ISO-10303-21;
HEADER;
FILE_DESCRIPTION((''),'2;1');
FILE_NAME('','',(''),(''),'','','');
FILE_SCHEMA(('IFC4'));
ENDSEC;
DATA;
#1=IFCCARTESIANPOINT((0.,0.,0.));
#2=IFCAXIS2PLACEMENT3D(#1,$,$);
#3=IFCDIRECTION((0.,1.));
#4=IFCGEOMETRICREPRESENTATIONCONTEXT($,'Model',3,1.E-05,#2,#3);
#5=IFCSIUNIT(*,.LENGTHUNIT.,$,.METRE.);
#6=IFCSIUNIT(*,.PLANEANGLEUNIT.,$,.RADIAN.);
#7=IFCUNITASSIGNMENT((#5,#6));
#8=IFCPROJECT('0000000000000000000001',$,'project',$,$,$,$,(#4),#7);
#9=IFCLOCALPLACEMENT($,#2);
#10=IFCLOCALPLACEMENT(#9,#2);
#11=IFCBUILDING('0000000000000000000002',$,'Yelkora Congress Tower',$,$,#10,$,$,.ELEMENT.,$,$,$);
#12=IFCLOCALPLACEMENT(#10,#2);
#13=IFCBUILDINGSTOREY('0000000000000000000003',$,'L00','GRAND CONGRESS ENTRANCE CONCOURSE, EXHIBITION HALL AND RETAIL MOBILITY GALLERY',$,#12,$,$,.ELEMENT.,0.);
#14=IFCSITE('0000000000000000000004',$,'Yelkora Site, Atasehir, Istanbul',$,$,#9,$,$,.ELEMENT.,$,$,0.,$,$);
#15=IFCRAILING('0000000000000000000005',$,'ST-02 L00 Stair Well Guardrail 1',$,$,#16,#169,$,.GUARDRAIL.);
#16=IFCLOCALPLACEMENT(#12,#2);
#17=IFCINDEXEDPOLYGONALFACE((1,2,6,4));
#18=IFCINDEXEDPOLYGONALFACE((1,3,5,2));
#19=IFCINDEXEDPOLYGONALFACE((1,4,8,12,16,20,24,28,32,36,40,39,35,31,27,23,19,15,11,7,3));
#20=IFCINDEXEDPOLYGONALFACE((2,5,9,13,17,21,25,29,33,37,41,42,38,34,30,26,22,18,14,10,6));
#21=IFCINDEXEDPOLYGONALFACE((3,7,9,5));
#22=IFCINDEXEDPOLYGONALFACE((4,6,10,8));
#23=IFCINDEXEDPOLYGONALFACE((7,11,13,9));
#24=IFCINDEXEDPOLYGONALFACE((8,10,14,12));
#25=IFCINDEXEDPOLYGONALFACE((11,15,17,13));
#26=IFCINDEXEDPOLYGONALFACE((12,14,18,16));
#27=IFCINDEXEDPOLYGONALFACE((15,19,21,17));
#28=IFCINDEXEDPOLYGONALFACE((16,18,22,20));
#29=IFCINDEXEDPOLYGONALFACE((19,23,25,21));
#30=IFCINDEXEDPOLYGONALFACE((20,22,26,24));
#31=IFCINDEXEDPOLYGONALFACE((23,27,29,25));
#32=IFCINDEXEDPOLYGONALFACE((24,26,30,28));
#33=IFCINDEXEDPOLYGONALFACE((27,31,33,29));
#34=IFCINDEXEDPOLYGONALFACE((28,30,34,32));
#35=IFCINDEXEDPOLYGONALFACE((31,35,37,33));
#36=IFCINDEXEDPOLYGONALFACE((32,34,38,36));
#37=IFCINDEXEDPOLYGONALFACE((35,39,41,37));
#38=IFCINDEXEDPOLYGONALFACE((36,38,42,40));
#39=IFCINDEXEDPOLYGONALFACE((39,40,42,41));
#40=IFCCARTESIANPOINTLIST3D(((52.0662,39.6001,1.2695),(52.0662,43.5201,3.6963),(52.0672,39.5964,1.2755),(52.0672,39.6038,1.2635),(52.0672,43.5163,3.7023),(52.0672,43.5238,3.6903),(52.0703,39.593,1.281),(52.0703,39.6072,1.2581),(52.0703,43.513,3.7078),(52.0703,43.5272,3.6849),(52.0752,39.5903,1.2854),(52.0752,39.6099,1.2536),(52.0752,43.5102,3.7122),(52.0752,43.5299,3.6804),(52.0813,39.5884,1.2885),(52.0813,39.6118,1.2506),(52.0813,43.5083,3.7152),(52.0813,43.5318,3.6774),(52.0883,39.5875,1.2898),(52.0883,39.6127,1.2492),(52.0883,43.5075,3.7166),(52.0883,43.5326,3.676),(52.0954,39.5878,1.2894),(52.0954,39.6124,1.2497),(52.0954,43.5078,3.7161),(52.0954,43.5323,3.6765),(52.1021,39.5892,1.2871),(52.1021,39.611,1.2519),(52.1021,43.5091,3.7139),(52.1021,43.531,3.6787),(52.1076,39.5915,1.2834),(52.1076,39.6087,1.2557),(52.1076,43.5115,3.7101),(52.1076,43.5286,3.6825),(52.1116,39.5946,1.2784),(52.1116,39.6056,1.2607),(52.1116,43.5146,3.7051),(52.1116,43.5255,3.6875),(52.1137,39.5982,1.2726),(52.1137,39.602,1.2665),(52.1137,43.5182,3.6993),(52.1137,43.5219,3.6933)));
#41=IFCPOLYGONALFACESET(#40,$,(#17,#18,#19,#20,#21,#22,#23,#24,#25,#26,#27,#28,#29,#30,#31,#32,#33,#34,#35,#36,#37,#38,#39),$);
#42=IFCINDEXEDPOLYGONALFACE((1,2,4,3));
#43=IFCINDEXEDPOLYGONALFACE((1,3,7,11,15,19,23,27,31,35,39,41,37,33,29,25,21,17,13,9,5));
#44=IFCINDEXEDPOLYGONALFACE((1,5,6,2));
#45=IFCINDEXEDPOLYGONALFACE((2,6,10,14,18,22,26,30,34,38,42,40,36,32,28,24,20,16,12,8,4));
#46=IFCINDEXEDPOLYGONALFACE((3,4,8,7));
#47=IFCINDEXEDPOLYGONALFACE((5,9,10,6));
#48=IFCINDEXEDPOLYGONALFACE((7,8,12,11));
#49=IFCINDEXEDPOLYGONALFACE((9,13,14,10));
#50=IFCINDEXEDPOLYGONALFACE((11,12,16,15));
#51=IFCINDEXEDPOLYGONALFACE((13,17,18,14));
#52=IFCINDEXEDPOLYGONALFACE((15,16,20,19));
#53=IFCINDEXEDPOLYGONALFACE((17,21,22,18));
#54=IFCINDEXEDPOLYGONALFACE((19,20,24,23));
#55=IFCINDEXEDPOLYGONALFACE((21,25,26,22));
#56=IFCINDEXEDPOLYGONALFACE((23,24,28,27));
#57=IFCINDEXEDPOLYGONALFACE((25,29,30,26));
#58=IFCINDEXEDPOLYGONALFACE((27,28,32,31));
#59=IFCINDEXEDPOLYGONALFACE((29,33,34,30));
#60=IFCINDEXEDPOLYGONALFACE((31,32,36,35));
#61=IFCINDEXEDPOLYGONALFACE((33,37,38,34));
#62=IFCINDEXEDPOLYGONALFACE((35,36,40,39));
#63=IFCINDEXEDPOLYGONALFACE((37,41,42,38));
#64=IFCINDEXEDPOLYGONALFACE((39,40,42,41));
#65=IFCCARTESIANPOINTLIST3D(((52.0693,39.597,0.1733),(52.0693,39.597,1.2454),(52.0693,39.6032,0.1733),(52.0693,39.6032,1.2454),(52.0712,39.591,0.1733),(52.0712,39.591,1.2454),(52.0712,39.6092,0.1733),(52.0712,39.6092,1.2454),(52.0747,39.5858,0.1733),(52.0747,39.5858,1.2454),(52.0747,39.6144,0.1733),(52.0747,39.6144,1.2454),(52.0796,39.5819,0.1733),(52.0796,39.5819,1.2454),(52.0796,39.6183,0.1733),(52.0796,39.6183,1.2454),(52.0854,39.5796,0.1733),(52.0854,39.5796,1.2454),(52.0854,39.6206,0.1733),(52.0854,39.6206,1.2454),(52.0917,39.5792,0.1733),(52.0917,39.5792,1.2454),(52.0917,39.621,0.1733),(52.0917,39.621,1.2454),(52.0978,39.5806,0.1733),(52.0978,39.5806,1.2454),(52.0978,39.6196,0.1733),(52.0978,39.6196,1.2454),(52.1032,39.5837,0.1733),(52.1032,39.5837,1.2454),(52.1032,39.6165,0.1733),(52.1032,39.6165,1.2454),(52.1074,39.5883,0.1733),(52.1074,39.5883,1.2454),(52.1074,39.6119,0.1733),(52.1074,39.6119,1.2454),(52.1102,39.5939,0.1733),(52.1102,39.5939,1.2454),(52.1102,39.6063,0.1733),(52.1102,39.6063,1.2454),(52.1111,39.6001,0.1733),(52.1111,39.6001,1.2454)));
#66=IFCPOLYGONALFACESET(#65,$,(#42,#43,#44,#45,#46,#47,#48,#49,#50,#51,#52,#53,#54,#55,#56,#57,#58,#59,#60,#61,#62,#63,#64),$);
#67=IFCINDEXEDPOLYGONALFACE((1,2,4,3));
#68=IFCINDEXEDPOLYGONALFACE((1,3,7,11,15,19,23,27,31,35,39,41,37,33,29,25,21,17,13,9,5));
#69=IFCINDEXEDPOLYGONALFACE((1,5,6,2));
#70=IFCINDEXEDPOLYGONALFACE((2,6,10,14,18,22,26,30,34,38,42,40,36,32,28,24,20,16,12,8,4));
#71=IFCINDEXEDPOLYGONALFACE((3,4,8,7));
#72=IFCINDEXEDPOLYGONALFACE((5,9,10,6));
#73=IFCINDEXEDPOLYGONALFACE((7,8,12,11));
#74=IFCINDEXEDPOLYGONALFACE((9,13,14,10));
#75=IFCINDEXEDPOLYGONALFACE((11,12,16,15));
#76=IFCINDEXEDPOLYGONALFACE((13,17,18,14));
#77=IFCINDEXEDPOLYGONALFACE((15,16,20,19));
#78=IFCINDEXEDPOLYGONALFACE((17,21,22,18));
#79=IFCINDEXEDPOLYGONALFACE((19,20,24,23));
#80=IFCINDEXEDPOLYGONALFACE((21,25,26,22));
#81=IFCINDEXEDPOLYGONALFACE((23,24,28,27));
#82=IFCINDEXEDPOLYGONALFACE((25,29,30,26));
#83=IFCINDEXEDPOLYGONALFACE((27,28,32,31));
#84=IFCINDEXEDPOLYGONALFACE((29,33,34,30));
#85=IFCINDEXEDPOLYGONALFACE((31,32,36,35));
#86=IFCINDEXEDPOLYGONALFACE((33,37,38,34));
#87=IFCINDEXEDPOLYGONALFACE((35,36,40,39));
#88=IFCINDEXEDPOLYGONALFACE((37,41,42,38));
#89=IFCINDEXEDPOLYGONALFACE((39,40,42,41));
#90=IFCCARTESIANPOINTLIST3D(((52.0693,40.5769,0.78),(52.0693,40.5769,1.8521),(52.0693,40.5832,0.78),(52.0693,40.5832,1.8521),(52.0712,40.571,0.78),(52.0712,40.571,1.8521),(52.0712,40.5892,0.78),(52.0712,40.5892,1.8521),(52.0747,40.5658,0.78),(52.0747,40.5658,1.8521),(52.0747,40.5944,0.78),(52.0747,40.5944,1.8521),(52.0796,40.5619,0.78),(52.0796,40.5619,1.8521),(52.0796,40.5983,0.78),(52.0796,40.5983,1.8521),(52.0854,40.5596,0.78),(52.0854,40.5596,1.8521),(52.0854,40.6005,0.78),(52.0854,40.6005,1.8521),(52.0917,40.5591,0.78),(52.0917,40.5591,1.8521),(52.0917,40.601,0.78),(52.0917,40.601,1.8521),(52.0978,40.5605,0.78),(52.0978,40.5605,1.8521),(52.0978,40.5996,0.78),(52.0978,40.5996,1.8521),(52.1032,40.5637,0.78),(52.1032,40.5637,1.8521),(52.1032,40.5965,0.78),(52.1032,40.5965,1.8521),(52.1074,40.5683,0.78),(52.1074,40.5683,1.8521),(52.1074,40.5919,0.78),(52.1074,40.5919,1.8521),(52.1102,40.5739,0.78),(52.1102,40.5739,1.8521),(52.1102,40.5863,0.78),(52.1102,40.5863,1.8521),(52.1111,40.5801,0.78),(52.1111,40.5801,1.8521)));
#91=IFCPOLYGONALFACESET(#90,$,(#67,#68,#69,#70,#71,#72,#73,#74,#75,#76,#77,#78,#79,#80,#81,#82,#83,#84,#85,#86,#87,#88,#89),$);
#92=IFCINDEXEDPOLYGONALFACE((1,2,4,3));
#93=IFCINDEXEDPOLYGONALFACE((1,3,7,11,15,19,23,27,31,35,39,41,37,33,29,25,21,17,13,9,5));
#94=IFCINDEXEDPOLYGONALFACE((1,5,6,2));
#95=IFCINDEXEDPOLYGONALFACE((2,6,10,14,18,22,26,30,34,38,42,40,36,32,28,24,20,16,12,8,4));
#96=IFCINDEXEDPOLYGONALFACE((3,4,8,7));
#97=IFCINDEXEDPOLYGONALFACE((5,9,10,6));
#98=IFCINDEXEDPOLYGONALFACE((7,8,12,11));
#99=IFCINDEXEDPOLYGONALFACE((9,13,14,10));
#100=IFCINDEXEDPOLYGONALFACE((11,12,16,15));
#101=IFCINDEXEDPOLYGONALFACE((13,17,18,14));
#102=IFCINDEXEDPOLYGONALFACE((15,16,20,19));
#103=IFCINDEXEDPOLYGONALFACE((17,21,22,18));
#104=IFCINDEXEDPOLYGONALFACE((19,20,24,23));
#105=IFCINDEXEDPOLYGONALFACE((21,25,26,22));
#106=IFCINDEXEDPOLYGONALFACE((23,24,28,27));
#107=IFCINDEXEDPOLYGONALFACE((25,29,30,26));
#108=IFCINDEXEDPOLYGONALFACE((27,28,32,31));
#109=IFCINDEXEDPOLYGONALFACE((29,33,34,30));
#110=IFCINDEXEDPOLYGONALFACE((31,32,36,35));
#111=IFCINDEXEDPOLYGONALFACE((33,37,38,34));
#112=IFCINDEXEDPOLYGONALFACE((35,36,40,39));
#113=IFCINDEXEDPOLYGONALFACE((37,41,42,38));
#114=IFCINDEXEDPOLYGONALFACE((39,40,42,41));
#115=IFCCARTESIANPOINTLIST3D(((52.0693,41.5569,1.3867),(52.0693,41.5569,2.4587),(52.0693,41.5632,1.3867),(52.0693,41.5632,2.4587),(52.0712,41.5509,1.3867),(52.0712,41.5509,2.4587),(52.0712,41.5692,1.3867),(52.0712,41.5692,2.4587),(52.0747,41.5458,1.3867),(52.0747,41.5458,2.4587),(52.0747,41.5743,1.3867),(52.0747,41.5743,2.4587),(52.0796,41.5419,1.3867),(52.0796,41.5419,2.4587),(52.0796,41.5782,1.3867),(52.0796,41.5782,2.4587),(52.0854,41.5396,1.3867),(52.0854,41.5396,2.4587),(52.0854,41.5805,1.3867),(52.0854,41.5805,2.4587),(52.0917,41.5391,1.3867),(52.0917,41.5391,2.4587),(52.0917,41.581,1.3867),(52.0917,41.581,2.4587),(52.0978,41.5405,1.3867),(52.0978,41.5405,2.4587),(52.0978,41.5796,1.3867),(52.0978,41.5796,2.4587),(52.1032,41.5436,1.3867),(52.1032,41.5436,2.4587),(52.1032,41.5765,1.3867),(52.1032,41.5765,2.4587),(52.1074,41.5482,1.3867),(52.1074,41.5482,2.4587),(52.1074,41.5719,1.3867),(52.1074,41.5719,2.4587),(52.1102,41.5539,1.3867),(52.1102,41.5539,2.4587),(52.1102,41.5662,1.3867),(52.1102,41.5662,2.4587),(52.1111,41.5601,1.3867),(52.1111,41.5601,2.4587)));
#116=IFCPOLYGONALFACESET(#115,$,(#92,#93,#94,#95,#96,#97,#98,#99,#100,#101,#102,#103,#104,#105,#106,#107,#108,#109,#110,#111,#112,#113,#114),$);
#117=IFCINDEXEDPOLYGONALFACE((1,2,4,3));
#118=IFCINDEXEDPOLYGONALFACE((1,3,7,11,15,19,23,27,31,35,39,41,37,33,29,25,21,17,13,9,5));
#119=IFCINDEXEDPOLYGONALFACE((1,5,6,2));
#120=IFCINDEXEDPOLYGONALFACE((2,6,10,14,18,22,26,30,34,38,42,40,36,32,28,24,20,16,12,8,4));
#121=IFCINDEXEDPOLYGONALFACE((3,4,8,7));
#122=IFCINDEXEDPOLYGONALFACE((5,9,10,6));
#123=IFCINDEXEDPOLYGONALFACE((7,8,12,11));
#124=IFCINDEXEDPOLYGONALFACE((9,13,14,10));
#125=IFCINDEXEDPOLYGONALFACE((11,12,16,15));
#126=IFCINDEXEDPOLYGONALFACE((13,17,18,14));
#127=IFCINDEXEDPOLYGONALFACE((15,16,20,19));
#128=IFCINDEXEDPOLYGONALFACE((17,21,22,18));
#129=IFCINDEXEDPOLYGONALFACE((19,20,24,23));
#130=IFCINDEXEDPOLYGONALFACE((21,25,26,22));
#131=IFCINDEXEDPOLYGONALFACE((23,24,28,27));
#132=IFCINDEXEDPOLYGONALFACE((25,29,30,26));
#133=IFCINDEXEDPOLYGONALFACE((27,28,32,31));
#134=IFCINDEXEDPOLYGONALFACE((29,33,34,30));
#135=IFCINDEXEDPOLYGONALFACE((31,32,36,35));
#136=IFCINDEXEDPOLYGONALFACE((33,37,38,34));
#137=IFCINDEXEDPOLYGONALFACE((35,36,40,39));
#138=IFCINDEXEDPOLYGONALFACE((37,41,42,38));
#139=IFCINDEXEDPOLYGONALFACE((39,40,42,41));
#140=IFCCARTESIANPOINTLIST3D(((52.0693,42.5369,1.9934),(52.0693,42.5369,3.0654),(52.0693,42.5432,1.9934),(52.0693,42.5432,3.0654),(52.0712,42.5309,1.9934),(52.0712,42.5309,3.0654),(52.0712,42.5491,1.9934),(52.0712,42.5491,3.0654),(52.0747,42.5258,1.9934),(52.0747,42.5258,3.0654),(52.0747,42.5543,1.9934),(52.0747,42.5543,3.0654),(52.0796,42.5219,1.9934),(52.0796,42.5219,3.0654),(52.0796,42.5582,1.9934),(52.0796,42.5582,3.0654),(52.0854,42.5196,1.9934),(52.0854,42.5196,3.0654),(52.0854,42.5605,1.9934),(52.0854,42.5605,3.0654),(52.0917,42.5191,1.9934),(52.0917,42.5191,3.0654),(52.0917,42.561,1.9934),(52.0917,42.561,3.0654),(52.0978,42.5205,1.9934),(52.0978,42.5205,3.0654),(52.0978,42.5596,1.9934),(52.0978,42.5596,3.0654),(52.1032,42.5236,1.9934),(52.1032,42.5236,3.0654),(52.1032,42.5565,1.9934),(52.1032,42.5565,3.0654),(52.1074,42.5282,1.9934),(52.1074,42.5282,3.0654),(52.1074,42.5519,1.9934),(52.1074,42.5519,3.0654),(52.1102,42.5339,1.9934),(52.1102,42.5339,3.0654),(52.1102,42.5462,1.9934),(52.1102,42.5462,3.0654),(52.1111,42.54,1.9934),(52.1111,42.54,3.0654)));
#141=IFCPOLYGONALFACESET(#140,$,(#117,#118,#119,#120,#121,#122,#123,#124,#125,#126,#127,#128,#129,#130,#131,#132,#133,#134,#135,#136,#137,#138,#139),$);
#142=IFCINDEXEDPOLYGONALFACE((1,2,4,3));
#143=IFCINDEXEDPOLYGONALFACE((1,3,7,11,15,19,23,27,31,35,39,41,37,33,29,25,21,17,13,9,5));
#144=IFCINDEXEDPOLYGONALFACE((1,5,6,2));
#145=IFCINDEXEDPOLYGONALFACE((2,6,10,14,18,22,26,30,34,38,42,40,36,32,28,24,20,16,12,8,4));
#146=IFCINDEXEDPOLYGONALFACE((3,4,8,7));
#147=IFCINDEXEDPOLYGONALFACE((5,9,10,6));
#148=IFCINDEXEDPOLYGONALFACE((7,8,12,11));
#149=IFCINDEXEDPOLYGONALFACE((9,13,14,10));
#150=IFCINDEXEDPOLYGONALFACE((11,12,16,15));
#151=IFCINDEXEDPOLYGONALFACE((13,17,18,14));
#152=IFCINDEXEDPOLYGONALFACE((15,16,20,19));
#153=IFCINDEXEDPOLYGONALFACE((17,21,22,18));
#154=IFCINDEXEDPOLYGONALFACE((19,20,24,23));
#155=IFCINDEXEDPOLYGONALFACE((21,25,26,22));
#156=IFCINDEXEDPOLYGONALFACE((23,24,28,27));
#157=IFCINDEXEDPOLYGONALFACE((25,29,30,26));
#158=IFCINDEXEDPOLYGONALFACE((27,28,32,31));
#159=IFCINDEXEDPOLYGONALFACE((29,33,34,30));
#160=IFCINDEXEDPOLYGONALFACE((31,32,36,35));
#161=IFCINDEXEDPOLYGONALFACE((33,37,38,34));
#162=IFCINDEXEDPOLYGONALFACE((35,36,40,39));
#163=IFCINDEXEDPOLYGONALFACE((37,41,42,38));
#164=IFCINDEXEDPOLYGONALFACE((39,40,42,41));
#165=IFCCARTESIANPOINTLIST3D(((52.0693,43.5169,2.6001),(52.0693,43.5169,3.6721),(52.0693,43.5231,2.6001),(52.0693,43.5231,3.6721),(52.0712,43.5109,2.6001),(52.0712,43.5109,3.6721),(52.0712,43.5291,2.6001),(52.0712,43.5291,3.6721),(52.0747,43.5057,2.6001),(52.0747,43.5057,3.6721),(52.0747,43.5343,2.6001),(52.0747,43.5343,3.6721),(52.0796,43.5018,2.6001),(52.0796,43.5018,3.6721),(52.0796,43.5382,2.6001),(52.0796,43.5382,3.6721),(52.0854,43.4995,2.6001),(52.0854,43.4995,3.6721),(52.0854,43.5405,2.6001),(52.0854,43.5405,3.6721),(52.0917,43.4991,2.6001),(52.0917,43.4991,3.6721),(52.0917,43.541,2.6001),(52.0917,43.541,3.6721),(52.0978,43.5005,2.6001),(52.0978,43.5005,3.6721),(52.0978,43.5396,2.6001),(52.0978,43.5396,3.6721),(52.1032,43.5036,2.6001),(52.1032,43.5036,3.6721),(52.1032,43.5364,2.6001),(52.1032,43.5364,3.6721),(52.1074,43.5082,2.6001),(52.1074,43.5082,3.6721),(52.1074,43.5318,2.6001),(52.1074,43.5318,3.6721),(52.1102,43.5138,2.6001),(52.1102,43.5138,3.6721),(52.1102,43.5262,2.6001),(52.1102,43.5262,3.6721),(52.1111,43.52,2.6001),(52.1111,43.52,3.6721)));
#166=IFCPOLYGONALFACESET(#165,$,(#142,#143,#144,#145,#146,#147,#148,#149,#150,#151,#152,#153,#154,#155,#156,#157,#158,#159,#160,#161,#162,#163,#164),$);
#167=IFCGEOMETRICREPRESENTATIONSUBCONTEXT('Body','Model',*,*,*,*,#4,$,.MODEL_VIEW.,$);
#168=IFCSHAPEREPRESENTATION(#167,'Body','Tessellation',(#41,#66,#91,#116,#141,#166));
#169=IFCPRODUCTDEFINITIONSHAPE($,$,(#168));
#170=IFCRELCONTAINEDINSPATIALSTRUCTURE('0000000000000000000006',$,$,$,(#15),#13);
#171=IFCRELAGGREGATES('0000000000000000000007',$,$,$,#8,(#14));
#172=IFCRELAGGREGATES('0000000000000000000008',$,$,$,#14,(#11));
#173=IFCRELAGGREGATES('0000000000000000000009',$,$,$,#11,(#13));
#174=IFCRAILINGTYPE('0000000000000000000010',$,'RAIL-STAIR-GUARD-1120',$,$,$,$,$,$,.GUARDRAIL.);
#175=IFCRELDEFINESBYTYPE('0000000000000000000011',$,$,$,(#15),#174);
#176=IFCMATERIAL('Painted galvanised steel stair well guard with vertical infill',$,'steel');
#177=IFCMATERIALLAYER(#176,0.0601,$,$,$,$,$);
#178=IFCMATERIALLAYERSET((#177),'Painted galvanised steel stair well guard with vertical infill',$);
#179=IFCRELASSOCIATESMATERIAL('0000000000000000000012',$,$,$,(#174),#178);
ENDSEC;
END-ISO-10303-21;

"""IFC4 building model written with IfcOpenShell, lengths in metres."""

from ifc_helpers import new_model, si_unit, direction, frame, origin, origin_2d, place, context, subcontext, project, spatial, circle, extrude, material, layer, layer_set, type_object, element, save


model = new_model("IFC4")

# Units and contexts
model_context = context("Model", 3, precision=1e-05, world=origin(), true_north=direction((0.0, 1.0)))
body_context = subcontext(model_context, "Body", "Model", "MODEL_VIEW")
ifc_project = project(units=[si_unit("LENGTHUNIT", "METRE"), si_unit("PLANEANGLEUNIT", "RADIAN")], contexts=[model_context])

# Site, building, storey
site_placement = place(None, origin())
site = spatial("IfcSite", under=ifc_project, at=site_placement, Name="Yelkora Site, Atasehir, Istanbul", CompositionType="ELEMENT", RefElevation=0.0)
building_placement = place(site_placement, origin())
building = spatial("IfcBuilding", under=site, at=building_placement, Name="Yelkora Congress Tower", CompositionType="ELEMENT")
storey_placement = place(building_placement, origin())
storey = spatial("IfcBuildingStorey", under=building, at=storey_placement, Name="L00", Description="GRAND CONGRESS ENTRANCE CONCOURSE, EXHIBITION HALL AND RETAIL MOBILITY GALLERY", CompositionType="ELEMENT", Elevation=0.0)

# Railing
ifc_material_1 = material(Name="Painted galvanised steel stair well guard with vertical infill", Category="steel")
ifc_layer_1 = layer(ifc_material_1, 0.0601)
ifc_layer_set_1 = layer_set([ifc_layer_1], Name="Painted galvanised steel stair well guard with vertical infill")
railing_type_1 = type_object("IfcRailingType", Name="RAIL-STAIR-GUARD-1120", PredefinedType="GUARDRAIL", material=ifc_layer_set_1)
railing_1_placement = place(storey_placement, frame((52.0901, 39.6001, 0.1733)))
element("IfcRailing", 1, at=railing_1_placement, inside=storey, type_object=railing_type_1, Name="ST-02 L00 Stair Well Guardrail 1", PredefinedType="GUARDRAIL", context=body_context, shape_type="SweptSolid", body=[
    extrude(circle(Radius=0.0239, at=origin_2d()), frame((0.0, 0.0, 1.0962), z_axis=(0.0, 0.850252, 0.526376), x_axis=(-1.0, 0.0, 0.0)), (0.0, 0.0, 1.0), 4.6104),
    extrude(circle(Radius=0.021, at=origin_2d()), origin(), (0.0, 0.0, 1.0), 1.072),
    extrude(circle(Radius=0.021, at=origin_2d()), frame((0.0, 0.98, 0.6067)), (0.0, 0.0, 1.0), 1.072),
    extrude(circle(Radius=0.021, at=origin_2d()), frame((0.0, 1.96, 1.2134)), (0.0, 0.0, 1.0), 1.072),
    extrude(circle(Radius=0.021, at=origin_2d()), frame((0.0, 2.9399, 1.8201)), (0.0, 0.0, 1.0), 1.072),
    extrude(circle(Radius=0.021, at=origin_2d()), frame((0.0, 3.9199, 2.4268)), (0.0, 0.0, 1.0), 1.072),
])

save(model, "model.ifc")
